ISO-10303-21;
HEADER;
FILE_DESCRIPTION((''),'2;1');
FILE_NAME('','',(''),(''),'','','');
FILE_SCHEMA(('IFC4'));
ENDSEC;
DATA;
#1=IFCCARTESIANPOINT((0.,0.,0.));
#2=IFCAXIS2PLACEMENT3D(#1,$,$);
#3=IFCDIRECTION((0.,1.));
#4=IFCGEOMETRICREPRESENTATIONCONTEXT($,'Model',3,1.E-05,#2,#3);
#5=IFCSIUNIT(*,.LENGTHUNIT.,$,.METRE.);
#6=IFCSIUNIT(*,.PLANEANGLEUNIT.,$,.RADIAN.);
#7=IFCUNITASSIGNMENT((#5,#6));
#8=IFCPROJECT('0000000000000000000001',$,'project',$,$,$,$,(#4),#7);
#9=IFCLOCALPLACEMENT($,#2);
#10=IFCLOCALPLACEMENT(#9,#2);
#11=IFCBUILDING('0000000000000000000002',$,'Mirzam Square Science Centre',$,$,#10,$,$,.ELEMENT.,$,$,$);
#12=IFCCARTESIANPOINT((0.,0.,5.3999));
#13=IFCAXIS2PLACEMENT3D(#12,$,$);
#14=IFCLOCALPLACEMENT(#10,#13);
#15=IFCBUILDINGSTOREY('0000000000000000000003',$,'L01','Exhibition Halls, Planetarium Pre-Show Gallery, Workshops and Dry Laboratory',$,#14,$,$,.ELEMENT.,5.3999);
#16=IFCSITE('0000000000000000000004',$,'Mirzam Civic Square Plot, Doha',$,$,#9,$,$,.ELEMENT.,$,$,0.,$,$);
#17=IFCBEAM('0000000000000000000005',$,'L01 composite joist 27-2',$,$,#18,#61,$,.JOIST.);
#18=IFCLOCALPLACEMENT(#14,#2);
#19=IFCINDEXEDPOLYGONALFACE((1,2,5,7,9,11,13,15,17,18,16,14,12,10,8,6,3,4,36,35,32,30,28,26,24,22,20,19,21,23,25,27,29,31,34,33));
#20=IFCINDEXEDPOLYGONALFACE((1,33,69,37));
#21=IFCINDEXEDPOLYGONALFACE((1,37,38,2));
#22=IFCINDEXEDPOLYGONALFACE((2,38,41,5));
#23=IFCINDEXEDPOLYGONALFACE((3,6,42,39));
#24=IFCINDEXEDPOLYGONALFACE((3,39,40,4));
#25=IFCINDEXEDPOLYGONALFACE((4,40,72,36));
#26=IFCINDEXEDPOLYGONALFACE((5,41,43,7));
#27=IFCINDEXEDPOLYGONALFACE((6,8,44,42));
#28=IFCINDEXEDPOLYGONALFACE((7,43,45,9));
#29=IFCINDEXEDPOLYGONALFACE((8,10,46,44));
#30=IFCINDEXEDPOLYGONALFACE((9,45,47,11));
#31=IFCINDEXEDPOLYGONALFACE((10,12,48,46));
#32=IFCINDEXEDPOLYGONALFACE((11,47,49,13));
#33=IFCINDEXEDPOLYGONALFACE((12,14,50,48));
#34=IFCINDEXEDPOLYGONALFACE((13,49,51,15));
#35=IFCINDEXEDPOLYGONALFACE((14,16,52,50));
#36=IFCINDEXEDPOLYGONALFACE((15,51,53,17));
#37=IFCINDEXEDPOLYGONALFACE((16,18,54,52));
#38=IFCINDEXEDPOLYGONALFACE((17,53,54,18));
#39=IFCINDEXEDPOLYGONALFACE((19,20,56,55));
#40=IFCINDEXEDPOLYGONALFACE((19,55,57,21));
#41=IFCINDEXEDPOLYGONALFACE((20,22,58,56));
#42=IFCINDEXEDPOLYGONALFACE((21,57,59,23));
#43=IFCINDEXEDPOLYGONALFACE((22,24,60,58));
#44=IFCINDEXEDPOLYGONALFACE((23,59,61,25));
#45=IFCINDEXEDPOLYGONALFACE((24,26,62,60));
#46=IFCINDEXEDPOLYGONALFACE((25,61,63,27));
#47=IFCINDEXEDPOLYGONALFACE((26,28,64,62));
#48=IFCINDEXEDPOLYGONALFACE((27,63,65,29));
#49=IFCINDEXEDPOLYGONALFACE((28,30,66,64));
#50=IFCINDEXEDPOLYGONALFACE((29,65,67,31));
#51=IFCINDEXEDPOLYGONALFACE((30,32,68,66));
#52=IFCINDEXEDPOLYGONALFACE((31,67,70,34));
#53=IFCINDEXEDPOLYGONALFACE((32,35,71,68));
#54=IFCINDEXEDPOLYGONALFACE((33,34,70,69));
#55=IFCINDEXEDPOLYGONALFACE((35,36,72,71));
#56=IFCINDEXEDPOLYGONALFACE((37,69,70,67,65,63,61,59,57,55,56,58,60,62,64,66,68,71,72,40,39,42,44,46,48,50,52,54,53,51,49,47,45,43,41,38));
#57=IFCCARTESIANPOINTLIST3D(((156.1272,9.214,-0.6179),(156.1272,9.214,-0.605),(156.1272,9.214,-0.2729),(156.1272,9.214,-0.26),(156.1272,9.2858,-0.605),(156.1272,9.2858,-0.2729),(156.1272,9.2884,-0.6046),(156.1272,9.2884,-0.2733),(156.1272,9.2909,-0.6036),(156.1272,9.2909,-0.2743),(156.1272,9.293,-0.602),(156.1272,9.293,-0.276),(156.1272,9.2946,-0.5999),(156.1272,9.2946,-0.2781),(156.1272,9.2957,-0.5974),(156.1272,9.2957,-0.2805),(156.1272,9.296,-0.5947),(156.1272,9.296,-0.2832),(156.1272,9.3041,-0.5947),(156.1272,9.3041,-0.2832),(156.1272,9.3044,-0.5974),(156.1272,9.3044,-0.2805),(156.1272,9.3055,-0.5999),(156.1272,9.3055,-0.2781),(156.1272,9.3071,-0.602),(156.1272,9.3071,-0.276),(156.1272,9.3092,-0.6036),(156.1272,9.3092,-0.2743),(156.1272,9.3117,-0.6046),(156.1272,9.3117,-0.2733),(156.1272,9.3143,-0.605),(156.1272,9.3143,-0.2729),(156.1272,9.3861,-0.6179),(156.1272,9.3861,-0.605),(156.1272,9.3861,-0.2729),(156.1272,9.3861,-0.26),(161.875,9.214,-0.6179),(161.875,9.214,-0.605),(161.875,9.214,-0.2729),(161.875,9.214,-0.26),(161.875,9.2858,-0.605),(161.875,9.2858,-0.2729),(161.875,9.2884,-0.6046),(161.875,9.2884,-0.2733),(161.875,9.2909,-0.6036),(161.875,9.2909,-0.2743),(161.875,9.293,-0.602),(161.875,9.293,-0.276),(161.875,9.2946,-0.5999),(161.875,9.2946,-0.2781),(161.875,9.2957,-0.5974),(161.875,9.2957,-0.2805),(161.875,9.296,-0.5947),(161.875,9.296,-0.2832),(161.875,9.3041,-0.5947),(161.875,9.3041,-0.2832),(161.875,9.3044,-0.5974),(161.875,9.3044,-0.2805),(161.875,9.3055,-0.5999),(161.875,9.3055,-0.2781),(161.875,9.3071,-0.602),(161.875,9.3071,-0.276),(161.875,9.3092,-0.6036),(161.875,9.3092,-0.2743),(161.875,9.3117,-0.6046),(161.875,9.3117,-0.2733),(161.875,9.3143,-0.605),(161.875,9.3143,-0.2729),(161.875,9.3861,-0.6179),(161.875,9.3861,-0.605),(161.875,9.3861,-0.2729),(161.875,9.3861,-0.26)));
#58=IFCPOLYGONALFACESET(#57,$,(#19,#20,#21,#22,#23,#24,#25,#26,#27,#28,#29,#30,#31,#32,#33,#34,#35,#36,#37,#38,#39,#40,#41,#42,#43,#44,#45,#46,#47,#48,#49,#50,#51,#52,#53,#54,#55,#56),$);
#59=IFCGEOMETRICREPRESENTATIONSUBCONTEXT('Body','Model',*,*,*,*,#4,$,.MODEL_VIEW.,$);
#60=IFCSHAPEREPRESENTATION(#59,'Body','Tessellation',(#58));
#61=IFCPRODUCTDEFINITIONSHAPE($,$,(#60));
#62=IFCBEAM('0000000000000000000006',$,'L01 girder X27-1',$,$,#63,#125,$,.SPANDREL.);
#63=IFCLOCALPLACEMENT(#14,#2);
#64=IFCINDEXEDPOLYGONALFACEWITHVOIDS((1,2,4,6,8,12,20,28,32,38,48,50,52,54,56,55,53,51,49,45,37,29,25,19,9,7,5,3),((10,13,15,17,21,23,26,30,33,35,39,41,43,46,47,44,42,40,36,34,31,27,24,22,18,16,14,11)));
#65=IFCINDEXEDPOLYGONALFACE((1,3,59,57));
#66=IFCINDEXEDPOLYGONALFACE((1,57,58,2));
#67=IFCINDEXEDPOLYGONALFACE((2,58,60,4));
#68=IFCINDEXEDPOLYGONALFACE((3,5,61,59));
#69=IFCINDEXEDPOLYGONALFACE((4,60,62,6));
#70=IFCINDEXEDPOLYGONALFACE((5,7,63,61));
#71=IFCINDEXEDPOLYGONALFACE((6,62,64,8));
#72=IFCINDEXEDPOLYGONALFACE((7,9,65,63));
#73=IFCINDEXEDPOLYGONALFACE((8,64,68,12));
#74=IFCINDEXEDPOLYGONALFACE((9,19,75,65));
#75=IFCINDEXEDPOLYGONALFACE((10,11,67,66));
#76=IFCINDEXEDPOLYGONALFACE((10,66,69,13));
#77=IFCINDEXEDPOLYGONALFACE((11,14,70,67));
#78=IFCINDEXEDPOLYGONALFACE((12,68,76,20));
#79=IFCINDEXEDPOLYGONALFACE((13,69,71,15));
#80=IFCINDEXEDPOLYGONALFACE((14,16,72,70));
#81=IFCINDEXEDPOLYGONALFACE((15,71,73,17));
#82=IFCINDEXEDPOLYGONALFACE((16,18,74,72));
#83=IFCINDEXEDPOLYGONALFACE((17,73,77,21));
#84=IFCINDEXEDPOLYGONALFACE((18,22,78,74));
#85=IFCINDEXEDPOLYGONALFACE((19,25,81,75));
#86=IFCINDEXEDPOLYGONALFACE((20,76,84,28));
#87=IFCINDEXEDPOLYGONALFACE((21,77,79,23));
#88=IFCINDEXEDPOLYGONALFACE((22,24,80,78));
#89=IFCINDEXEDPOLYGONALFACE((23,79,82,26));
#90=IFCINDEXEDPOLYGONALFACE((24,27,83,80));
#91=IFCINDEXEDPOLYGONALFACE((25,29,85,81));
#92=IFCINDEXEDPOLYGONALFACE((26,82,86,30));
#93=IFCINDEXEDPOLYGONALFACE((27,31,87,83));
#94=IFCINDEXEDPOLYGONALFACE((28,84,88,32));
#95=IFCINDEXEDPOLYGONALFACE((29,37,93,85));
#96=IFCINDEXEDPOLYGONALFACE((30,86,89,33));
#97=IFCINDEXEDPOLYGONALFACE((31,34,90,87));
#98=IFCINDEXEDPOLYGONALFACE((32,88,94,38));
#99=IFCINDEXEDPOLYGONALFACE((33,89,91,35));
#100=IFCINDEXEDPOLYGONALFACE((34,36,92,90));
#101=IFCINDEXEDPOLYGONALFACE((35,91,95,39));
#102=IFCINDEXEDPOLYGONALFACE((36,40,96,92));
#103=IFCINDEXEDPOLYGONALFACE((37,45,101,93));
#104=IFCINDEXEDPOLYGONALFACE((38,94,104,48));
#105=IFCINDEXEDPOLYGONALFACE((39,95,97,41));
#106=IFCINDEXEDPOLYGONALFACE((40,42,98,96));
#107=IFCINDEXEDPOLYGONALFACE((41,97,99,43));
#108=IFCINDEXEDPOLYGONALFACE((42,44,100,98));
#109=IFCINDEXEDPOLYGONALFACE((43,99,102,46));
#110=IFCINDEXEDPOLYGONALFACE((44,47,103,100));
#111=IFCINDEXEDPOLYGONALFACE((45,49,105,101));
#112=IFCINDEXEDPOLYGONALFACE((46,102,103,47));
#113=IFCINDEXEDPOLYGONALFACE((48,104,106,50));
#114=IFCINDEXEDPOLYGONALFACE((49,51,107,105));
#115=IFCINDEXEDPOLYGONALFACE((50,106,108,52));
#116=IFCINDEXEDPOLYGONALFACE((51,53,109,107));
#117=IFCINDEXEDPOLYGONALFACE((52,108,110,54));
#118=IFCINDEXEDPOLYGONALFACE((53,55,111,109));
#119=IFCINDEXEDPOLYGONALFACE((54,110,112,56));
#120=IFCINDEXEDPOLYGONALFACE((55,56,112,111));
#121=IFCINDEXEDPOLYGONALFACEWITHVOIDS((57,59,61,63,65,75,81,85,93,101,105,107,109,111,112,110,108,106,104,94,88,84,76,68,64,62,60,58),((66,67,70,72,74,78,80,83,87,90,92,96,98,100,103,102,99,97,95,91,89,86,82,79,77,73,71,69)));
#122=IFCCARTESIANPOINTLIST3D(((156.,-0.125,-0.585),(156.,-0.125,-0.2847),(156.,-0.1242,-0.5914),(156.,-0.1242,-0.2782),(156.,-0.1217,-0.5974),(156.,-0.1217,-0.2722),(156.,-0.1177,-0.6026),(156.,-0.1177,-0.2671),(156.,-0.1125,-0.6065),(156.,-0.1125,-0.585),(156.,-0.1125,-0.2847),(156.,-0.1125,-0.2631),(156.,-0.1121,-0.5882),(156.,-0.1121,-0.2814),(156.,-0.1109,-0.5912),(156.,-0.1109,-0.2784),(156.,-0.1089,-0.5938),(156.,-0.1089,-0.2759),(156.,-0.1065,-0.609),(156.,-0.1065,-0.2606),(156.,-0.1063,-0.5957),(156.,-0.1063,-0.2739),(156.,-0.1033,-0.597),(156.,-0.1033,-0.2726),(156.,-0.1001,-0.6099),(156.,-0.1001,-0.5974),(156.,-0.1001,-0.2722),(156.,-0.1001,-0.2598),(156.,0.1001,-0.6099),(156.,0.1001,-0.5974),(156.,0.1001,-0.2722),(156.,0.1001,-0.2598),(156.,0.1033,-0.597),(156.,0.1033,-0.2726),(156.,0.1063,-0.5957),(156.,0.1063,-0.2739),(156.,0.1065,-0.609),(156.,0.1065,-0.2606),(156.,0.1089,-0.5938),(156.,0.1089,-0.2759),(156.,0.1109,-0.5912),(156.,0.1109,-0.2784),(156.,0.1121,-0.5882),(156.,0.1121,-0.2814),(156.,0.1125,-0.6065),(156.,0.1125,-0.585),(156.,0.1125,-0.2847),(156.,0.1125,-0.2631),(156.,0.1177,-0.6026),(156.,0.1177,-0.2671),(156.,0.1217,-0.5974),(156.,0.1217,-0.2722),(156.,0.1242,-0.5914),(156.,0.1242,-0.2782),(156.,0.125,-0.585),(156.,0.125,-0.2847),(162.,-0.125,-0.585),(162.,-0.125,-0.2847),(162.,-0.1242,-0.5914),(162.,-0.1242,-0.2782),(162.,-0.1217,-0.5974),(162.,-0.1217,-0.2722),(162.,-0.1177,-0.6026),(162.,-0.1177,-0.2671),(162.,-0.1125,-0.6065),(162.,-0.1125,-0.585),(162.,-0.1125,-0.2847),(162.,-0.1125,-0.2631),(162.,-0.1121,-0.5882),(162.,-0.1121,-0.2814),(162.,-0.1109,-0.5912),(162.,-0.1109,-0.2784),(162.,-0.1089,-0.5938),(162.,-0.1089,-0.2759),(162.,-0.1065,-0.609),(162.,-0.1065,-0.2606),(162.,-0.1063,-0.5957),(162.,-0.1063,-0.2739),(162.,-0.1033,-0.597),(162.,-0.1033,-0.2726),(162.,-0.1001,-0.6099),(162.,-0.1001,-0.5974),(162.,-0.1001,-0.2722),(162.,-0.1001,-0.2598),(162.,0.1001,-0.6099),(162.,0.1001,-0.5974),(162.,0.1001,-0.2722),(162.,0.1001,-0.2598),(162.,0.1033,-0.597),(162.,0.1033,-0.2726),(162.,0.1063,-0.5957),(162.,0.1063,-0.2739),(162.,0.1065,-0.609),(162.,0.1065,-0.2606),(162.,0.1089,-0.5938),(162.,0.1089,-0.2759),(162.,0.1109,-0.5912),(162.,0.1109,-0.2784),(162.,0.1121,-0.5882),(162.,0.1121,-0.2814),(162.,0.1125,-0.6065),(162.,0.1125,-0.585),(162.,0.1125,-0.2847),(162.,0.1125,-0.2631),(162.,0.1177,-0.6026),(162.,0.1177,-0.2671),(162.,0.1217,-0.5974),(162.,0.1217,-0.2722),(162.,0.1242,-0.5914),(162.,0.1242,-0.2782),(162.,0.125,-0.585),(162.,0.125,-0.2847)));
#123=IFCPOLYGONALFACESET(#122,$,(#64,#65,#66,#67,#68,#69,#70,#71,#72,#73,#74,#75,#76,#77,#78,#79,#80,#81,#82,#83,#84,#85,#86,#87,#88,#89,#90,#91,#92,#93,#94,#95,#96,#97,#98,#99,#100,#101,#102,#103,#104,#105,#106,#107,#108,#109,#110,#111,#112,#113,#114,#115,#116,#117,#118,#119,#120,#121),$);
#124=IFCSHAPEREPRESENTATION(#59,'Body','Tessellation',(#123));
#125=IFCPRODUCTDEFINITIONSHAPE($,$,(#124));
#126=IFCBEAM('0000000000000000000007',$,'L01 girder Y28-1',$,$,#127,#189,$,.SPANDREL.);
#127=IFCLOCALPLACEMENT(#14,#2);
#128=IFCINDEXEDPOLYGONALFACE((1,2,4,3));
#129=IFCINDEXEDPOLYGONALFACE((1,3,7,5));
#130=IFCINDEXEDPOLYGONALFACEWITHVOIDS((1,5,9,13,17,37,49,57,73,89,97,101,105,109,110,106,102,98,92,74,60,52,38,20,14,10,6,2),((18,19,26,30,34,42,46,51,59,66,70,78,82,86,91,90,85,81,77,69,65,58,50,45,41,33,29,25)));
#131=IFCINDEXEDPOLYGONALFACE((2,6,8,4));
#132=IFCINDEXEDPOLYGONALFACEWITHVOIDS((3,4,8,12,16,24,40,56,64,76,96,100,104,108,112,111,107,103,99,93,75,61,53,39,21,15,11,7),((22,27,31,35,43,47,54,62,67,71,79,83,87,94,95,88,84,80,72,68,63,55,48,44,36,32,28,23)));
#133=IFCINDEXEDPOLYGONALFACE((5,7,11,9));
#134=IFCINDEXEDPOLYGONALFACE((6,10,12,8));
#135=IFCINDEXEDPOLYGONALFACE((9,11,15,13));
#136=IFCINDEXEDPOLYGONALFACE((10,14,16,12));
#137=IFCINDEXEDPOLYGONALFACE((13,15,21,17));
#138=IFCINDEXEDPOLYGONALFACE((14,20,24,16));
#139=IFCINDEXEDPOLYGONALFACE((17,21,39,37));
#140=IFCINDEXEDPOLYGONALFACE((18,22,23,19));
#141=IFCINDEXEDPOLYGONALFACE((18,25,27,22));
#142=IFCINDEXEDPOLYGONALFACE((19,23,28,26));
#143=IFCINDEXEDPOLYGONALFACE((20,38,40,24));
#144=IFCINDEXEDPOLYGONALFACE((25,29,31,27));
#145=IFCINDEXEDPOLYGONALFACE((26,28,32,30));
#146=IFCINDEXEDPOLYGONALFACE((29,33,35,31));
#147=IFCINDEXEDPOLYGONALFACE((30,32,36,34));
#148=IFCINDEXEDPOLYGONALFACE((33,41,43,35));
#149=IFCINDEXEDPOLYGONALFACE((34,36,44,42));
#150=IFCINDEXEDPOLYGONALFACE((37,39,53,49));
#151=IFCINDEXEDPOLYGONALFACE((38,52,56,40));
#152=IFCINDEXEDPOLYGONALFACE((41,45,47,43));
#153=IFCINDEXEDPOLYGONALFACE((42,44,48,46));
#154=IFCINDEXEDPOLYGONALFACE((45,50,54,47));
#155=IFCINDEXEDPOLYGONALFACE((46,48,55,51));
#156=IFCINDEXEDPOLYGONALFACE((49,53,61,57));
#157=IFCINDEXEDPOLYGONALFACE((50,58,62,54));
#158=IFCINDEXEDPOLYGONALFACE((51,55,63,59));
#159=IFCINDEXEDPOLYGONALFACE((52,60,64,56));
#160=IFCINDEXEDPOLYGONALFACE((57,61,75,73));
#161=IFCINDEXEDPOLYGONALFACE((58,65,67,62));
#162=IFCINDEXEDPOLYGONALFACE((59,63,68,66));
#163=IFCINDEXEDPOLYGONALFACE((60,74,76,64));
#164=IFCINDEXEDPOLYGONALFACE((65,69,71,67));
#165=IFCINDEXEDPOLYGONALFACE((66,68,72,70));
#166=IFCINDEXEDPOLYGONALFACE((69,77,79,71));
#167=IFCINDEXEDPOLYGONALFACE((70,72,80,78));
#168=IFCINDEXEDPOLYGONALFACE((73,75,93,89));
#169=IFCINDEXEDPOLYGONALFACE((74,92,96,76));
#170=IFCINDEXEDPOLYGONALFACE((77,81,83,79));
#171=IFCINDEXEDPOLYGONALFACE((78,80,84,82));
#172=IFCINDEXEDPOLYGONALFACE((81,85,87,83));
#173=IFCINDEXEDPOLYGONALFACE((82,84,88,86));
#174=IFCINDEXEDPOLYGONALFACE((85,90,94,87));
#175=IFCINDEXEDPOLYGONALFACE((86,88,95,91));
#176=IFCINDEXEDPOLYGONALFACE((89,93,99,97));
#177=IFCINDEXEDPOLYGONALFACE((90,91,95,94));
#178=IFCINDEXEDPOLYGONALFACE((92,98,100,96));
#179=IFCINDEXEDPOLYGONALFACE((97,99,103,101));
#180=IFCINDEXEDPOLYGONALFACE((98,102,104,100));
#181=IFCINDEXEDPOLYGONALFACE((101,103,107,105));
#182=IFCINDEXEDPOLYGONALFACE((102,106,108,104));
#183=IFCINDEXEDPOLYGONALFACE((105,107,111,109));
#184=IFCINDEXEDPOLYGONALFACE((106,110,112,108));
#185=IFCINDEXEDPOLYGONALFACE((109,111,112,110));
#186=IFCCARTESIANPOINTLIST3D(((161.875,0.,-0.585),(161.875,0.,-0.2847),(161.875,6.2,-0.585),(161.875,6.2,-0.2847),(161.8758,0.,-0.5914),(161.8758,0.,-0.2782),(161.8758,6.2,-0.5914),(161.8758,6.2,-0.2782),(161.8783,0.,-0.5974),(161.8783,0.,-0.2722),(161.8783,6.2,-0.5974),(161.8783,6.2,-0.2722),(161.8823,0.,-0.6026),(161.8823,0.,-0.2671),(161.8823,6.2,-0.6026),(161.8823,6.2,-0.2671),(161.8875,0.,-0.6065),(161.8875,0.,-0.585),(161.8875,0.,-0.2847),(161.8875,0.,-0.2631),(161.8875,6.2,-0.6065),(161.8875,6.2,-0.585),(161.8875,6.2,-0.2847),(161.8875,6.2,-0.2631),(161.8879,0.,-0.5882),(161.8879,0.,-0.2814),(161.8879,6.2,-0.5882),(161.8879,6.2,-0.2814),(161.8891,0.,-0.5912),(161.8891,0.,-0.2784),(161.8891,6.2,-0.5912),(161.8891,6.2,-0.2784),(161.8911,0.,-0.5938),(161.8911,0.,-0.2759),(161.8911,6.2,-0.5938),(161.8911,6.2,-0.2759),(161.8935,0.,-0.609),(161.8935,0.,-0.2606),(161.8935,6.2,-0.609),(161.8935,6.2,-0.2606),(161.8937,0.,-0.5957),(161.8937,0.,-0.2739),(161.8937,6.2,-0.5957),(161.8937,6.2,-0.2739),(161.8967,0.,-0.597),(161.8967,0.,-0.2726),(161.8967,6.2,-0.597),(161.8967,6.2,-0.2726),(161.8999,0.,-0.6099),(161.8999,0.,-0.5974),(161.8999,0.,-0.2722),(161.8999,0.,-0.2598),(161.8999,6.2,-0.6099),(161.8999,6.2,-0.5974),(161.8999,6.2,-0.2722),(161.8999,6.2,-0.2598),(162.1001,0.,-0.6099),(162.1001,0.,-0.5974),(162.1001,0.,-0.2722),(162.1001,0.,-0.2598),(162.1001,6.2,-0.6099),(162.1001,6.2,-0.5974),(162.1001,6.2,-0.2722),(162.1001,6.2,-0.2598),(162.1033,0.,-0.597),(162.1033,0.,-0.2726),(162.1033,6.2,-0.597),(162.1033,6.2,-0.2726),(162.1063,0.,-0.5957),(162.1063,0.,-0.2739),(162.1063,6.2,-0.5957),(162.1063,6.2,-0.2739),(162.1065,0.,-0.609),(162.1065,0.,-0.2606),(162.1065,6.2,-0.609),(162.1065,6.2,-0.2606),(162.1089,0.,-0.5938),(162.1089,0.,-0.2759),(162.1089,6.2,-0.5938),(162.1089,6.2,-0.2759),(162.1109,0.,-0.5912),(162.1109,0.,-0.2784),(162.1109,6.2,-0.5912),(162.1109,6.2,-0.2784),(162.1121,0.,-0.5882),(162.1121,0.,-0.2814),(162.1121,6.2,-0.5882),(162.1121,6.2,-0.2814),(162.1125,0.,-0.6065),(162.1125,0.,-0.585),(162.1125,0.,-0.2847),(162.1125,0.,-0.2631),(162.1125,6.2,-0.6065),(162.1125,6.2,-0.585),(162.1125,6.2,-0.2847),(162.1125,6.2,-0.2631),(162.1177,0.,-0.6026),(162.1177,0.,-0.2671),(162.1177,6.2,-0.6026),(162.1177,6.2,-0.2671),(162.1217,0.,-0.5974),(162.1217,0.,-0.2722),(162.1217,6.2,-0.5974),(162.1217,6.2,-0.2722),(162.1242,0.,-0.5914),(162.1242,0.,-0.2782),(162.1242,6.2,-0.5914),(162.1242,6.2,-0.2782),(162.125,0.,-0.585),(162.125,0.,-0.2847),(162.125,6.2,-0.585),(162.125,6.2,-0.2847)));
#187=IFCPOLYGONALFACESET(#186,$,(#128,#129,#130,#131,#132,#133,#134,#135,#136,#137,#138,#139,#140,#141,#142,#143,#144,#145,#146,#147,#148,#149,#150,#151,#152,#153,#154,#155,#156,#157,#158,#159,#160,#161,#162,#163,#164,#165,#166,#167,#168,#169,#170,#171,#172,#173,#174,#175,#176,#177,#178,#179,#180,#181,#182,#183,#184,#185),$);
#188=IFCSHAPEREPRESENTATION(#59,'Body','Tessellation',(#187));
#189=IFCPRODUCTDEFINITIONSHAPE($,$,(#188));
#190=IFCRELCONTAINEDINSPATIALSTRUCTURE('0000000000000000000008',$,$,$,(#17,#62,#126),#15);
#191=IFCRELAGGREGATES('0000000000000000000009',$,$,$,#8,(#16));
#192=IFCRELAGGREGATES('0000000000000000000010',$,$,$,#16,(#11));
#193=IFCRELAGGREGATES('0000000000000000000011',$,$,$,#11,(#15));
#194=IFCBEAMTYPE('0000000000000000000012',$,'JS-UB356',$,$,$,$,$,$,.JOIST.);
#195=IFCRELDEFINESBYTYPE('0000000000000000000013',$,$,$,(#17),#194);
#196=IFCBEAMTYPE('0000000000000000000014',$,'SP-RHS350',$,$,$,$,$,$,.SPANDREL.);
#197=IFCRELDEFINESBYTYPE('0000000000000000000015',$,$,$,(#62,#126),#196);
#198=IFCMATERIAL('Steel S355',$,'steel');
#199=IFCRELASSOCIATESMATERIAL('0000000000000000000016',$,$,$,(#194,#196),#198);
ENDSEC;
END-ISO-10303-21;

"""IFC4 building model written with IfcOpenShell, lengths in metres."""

from ifc_helpers import new_model, si_unit, direction, frame, origin, origin_2d, place, context, subcontext, project, spatial, hollow_rectangle, i_section, extrude, material, material_profile, profile_set, type_object, element, save


model = new_model("IFC4")

# Units and contexts
model_context = context("Model", 3, precision=1e-05, world=origin(), true_north=direction((0.0, 1.0)))
body_context = subcontext(model_context, "Body", "Model", "MODEL_VIEW")
ifc_project = project(units=[si_unit("LENGTHUNIT", "METRE"), si_unit("PLANEANGLEUNIT", "RADIAN")], contexts=[model_context])

# Site, building, storey
site_placement = place(None, origin())
site = spatial("IfcSite", under=ifc_project, at=site_placement, Name="Mirzam Civic Square Plot, Doha", CompositionType="ELEMENT", RefElevation=0.0)
building_placement = place(site_placement, origin())
building = spatial("IfcBuilding", under=site, at=building_placement, Name="Mirzam Square Science Centre", CompositionType="ELEMENT")
storey_placement = place(building_placement, frame((0.0, 0.0, 5.3999)))
storey = spatial("IfcBuildingStorey", under=building, at=storey_placement, Name="L01", Description="Exhibition Halls, Planetarium Pre-Show Gallery, Workshops and Dry Laboratory", CompositionType="ELEMENT", Elevation=5.3999)

# Shared definitions
ifc_material_1 = material(Name="Steel S355", Category="steel")

# Beams
ifc_material_profile_1 = material_profile(ifc_material_1, i_section(OverallWidth=0.1721, OverallDepth=0.3579, WebThickness=0.0081, FlangeThickness=0.0129, FilletRadius=0.0103, at=origin_2d()), Name="356x171x57UB")
ifc_profile_set_1 = profile_set([ifc_material_profile_1], Name="Steel S355")
beam_type_1 = type_object("IfcBeamType", Name="JS-UB356", PredefinedType="JOIST", material=ifc_profile_set_1)
beam_1_placement = place(storey_placement, frame((156.1272, 9.3, -0.439), z_axis=(1.0, 0.0, 0.0), x_axis=(0.0, 1.0, 0.0)))
element("IfcBeam", 1, at=beam_1_placement, inside=storey, type_object=beam_type_1, Name="L01 composite joist 27-2", PredefinedType="JOIST", context=body_context, shape_type="SweptSolid", body=[
    extrude(i_section(OverallWidth=0.1721, OverallDepth=0.3579, WebThickness=0.0081, FlangeThickness=0.0129, FilletRadius=0.0103, at=origin_2d()), origin(), (0.0, 0.0, 1.0), 5.7478),
])
ifc_material_profile_2 = material_profile(ifc_material_1, hollow_rectangle(XDim=0.25, YDim=0.3501, WallThickness=0.0125, InnerFilletRadius=0.0125, OuterFilletRadius=0.0249, at=origin_2d()), Name="350x250x12.5RHS")
ifc_profile_set_2 = profile_set([ifc_material_profile_2], Name="Steel S355")
beam_type_2 = type_object("IfcBeamType", Name="SP-RHS350", PredefinedType="SPANDREL", material=ifc_profile_set_2)
beam_2_placement = place(storey_placement, frame((156.0, 0.0, -0.4348), z_axis=(1.0, 0.0, 0.0), x_axis=(0.0, 1.0, 0.0)))
element("IfcBeam", 2, at=beam_2_placement, inside=storey, type_object=beam_type_2, Name="L01 girder X27-1", PredefinedType="SPANDREL", context=body_context, shape_type="SweptSolid", body=[
    extrude(hollow_rectangle(XDim=0.25, YDim=0.3501, WallThickness=0.0125, InnerFilletRadius=0.0125, OuterFilletRadius=0.0249, at=origin_2d()), origin(), (0.0, 0.0, 1.0), 6.0),
])
for number, where, z_axis, x_axis, name in (
    (3, (162.0, 0.0, -0.4348), (0.0, 1.0, 0.0), (-1.0, 0.0, 0.0), "L01 girder Y28-1"),
):
    element("IfcBeam", number, at=place(storey_placement, frame(where, z_axis=z_axis, x_axis=x_axis)), inside=storey, type_object=beam_type_2, Name=name, PredefinedType="SPANDREL", context=body_context, shape_type="SweptSolid", body=[
        extrude(hollow_rectangle(XDim=0.25, YDim=0.3501, WallThickness=0.0125, InnerFilletRadius=0.0125, OuterFilletRadius=0.0249, at=origin_2d()), origin(), (0.0, 0.0, 1.0), 6.2),
    ])

save(model, "model.ifc")
